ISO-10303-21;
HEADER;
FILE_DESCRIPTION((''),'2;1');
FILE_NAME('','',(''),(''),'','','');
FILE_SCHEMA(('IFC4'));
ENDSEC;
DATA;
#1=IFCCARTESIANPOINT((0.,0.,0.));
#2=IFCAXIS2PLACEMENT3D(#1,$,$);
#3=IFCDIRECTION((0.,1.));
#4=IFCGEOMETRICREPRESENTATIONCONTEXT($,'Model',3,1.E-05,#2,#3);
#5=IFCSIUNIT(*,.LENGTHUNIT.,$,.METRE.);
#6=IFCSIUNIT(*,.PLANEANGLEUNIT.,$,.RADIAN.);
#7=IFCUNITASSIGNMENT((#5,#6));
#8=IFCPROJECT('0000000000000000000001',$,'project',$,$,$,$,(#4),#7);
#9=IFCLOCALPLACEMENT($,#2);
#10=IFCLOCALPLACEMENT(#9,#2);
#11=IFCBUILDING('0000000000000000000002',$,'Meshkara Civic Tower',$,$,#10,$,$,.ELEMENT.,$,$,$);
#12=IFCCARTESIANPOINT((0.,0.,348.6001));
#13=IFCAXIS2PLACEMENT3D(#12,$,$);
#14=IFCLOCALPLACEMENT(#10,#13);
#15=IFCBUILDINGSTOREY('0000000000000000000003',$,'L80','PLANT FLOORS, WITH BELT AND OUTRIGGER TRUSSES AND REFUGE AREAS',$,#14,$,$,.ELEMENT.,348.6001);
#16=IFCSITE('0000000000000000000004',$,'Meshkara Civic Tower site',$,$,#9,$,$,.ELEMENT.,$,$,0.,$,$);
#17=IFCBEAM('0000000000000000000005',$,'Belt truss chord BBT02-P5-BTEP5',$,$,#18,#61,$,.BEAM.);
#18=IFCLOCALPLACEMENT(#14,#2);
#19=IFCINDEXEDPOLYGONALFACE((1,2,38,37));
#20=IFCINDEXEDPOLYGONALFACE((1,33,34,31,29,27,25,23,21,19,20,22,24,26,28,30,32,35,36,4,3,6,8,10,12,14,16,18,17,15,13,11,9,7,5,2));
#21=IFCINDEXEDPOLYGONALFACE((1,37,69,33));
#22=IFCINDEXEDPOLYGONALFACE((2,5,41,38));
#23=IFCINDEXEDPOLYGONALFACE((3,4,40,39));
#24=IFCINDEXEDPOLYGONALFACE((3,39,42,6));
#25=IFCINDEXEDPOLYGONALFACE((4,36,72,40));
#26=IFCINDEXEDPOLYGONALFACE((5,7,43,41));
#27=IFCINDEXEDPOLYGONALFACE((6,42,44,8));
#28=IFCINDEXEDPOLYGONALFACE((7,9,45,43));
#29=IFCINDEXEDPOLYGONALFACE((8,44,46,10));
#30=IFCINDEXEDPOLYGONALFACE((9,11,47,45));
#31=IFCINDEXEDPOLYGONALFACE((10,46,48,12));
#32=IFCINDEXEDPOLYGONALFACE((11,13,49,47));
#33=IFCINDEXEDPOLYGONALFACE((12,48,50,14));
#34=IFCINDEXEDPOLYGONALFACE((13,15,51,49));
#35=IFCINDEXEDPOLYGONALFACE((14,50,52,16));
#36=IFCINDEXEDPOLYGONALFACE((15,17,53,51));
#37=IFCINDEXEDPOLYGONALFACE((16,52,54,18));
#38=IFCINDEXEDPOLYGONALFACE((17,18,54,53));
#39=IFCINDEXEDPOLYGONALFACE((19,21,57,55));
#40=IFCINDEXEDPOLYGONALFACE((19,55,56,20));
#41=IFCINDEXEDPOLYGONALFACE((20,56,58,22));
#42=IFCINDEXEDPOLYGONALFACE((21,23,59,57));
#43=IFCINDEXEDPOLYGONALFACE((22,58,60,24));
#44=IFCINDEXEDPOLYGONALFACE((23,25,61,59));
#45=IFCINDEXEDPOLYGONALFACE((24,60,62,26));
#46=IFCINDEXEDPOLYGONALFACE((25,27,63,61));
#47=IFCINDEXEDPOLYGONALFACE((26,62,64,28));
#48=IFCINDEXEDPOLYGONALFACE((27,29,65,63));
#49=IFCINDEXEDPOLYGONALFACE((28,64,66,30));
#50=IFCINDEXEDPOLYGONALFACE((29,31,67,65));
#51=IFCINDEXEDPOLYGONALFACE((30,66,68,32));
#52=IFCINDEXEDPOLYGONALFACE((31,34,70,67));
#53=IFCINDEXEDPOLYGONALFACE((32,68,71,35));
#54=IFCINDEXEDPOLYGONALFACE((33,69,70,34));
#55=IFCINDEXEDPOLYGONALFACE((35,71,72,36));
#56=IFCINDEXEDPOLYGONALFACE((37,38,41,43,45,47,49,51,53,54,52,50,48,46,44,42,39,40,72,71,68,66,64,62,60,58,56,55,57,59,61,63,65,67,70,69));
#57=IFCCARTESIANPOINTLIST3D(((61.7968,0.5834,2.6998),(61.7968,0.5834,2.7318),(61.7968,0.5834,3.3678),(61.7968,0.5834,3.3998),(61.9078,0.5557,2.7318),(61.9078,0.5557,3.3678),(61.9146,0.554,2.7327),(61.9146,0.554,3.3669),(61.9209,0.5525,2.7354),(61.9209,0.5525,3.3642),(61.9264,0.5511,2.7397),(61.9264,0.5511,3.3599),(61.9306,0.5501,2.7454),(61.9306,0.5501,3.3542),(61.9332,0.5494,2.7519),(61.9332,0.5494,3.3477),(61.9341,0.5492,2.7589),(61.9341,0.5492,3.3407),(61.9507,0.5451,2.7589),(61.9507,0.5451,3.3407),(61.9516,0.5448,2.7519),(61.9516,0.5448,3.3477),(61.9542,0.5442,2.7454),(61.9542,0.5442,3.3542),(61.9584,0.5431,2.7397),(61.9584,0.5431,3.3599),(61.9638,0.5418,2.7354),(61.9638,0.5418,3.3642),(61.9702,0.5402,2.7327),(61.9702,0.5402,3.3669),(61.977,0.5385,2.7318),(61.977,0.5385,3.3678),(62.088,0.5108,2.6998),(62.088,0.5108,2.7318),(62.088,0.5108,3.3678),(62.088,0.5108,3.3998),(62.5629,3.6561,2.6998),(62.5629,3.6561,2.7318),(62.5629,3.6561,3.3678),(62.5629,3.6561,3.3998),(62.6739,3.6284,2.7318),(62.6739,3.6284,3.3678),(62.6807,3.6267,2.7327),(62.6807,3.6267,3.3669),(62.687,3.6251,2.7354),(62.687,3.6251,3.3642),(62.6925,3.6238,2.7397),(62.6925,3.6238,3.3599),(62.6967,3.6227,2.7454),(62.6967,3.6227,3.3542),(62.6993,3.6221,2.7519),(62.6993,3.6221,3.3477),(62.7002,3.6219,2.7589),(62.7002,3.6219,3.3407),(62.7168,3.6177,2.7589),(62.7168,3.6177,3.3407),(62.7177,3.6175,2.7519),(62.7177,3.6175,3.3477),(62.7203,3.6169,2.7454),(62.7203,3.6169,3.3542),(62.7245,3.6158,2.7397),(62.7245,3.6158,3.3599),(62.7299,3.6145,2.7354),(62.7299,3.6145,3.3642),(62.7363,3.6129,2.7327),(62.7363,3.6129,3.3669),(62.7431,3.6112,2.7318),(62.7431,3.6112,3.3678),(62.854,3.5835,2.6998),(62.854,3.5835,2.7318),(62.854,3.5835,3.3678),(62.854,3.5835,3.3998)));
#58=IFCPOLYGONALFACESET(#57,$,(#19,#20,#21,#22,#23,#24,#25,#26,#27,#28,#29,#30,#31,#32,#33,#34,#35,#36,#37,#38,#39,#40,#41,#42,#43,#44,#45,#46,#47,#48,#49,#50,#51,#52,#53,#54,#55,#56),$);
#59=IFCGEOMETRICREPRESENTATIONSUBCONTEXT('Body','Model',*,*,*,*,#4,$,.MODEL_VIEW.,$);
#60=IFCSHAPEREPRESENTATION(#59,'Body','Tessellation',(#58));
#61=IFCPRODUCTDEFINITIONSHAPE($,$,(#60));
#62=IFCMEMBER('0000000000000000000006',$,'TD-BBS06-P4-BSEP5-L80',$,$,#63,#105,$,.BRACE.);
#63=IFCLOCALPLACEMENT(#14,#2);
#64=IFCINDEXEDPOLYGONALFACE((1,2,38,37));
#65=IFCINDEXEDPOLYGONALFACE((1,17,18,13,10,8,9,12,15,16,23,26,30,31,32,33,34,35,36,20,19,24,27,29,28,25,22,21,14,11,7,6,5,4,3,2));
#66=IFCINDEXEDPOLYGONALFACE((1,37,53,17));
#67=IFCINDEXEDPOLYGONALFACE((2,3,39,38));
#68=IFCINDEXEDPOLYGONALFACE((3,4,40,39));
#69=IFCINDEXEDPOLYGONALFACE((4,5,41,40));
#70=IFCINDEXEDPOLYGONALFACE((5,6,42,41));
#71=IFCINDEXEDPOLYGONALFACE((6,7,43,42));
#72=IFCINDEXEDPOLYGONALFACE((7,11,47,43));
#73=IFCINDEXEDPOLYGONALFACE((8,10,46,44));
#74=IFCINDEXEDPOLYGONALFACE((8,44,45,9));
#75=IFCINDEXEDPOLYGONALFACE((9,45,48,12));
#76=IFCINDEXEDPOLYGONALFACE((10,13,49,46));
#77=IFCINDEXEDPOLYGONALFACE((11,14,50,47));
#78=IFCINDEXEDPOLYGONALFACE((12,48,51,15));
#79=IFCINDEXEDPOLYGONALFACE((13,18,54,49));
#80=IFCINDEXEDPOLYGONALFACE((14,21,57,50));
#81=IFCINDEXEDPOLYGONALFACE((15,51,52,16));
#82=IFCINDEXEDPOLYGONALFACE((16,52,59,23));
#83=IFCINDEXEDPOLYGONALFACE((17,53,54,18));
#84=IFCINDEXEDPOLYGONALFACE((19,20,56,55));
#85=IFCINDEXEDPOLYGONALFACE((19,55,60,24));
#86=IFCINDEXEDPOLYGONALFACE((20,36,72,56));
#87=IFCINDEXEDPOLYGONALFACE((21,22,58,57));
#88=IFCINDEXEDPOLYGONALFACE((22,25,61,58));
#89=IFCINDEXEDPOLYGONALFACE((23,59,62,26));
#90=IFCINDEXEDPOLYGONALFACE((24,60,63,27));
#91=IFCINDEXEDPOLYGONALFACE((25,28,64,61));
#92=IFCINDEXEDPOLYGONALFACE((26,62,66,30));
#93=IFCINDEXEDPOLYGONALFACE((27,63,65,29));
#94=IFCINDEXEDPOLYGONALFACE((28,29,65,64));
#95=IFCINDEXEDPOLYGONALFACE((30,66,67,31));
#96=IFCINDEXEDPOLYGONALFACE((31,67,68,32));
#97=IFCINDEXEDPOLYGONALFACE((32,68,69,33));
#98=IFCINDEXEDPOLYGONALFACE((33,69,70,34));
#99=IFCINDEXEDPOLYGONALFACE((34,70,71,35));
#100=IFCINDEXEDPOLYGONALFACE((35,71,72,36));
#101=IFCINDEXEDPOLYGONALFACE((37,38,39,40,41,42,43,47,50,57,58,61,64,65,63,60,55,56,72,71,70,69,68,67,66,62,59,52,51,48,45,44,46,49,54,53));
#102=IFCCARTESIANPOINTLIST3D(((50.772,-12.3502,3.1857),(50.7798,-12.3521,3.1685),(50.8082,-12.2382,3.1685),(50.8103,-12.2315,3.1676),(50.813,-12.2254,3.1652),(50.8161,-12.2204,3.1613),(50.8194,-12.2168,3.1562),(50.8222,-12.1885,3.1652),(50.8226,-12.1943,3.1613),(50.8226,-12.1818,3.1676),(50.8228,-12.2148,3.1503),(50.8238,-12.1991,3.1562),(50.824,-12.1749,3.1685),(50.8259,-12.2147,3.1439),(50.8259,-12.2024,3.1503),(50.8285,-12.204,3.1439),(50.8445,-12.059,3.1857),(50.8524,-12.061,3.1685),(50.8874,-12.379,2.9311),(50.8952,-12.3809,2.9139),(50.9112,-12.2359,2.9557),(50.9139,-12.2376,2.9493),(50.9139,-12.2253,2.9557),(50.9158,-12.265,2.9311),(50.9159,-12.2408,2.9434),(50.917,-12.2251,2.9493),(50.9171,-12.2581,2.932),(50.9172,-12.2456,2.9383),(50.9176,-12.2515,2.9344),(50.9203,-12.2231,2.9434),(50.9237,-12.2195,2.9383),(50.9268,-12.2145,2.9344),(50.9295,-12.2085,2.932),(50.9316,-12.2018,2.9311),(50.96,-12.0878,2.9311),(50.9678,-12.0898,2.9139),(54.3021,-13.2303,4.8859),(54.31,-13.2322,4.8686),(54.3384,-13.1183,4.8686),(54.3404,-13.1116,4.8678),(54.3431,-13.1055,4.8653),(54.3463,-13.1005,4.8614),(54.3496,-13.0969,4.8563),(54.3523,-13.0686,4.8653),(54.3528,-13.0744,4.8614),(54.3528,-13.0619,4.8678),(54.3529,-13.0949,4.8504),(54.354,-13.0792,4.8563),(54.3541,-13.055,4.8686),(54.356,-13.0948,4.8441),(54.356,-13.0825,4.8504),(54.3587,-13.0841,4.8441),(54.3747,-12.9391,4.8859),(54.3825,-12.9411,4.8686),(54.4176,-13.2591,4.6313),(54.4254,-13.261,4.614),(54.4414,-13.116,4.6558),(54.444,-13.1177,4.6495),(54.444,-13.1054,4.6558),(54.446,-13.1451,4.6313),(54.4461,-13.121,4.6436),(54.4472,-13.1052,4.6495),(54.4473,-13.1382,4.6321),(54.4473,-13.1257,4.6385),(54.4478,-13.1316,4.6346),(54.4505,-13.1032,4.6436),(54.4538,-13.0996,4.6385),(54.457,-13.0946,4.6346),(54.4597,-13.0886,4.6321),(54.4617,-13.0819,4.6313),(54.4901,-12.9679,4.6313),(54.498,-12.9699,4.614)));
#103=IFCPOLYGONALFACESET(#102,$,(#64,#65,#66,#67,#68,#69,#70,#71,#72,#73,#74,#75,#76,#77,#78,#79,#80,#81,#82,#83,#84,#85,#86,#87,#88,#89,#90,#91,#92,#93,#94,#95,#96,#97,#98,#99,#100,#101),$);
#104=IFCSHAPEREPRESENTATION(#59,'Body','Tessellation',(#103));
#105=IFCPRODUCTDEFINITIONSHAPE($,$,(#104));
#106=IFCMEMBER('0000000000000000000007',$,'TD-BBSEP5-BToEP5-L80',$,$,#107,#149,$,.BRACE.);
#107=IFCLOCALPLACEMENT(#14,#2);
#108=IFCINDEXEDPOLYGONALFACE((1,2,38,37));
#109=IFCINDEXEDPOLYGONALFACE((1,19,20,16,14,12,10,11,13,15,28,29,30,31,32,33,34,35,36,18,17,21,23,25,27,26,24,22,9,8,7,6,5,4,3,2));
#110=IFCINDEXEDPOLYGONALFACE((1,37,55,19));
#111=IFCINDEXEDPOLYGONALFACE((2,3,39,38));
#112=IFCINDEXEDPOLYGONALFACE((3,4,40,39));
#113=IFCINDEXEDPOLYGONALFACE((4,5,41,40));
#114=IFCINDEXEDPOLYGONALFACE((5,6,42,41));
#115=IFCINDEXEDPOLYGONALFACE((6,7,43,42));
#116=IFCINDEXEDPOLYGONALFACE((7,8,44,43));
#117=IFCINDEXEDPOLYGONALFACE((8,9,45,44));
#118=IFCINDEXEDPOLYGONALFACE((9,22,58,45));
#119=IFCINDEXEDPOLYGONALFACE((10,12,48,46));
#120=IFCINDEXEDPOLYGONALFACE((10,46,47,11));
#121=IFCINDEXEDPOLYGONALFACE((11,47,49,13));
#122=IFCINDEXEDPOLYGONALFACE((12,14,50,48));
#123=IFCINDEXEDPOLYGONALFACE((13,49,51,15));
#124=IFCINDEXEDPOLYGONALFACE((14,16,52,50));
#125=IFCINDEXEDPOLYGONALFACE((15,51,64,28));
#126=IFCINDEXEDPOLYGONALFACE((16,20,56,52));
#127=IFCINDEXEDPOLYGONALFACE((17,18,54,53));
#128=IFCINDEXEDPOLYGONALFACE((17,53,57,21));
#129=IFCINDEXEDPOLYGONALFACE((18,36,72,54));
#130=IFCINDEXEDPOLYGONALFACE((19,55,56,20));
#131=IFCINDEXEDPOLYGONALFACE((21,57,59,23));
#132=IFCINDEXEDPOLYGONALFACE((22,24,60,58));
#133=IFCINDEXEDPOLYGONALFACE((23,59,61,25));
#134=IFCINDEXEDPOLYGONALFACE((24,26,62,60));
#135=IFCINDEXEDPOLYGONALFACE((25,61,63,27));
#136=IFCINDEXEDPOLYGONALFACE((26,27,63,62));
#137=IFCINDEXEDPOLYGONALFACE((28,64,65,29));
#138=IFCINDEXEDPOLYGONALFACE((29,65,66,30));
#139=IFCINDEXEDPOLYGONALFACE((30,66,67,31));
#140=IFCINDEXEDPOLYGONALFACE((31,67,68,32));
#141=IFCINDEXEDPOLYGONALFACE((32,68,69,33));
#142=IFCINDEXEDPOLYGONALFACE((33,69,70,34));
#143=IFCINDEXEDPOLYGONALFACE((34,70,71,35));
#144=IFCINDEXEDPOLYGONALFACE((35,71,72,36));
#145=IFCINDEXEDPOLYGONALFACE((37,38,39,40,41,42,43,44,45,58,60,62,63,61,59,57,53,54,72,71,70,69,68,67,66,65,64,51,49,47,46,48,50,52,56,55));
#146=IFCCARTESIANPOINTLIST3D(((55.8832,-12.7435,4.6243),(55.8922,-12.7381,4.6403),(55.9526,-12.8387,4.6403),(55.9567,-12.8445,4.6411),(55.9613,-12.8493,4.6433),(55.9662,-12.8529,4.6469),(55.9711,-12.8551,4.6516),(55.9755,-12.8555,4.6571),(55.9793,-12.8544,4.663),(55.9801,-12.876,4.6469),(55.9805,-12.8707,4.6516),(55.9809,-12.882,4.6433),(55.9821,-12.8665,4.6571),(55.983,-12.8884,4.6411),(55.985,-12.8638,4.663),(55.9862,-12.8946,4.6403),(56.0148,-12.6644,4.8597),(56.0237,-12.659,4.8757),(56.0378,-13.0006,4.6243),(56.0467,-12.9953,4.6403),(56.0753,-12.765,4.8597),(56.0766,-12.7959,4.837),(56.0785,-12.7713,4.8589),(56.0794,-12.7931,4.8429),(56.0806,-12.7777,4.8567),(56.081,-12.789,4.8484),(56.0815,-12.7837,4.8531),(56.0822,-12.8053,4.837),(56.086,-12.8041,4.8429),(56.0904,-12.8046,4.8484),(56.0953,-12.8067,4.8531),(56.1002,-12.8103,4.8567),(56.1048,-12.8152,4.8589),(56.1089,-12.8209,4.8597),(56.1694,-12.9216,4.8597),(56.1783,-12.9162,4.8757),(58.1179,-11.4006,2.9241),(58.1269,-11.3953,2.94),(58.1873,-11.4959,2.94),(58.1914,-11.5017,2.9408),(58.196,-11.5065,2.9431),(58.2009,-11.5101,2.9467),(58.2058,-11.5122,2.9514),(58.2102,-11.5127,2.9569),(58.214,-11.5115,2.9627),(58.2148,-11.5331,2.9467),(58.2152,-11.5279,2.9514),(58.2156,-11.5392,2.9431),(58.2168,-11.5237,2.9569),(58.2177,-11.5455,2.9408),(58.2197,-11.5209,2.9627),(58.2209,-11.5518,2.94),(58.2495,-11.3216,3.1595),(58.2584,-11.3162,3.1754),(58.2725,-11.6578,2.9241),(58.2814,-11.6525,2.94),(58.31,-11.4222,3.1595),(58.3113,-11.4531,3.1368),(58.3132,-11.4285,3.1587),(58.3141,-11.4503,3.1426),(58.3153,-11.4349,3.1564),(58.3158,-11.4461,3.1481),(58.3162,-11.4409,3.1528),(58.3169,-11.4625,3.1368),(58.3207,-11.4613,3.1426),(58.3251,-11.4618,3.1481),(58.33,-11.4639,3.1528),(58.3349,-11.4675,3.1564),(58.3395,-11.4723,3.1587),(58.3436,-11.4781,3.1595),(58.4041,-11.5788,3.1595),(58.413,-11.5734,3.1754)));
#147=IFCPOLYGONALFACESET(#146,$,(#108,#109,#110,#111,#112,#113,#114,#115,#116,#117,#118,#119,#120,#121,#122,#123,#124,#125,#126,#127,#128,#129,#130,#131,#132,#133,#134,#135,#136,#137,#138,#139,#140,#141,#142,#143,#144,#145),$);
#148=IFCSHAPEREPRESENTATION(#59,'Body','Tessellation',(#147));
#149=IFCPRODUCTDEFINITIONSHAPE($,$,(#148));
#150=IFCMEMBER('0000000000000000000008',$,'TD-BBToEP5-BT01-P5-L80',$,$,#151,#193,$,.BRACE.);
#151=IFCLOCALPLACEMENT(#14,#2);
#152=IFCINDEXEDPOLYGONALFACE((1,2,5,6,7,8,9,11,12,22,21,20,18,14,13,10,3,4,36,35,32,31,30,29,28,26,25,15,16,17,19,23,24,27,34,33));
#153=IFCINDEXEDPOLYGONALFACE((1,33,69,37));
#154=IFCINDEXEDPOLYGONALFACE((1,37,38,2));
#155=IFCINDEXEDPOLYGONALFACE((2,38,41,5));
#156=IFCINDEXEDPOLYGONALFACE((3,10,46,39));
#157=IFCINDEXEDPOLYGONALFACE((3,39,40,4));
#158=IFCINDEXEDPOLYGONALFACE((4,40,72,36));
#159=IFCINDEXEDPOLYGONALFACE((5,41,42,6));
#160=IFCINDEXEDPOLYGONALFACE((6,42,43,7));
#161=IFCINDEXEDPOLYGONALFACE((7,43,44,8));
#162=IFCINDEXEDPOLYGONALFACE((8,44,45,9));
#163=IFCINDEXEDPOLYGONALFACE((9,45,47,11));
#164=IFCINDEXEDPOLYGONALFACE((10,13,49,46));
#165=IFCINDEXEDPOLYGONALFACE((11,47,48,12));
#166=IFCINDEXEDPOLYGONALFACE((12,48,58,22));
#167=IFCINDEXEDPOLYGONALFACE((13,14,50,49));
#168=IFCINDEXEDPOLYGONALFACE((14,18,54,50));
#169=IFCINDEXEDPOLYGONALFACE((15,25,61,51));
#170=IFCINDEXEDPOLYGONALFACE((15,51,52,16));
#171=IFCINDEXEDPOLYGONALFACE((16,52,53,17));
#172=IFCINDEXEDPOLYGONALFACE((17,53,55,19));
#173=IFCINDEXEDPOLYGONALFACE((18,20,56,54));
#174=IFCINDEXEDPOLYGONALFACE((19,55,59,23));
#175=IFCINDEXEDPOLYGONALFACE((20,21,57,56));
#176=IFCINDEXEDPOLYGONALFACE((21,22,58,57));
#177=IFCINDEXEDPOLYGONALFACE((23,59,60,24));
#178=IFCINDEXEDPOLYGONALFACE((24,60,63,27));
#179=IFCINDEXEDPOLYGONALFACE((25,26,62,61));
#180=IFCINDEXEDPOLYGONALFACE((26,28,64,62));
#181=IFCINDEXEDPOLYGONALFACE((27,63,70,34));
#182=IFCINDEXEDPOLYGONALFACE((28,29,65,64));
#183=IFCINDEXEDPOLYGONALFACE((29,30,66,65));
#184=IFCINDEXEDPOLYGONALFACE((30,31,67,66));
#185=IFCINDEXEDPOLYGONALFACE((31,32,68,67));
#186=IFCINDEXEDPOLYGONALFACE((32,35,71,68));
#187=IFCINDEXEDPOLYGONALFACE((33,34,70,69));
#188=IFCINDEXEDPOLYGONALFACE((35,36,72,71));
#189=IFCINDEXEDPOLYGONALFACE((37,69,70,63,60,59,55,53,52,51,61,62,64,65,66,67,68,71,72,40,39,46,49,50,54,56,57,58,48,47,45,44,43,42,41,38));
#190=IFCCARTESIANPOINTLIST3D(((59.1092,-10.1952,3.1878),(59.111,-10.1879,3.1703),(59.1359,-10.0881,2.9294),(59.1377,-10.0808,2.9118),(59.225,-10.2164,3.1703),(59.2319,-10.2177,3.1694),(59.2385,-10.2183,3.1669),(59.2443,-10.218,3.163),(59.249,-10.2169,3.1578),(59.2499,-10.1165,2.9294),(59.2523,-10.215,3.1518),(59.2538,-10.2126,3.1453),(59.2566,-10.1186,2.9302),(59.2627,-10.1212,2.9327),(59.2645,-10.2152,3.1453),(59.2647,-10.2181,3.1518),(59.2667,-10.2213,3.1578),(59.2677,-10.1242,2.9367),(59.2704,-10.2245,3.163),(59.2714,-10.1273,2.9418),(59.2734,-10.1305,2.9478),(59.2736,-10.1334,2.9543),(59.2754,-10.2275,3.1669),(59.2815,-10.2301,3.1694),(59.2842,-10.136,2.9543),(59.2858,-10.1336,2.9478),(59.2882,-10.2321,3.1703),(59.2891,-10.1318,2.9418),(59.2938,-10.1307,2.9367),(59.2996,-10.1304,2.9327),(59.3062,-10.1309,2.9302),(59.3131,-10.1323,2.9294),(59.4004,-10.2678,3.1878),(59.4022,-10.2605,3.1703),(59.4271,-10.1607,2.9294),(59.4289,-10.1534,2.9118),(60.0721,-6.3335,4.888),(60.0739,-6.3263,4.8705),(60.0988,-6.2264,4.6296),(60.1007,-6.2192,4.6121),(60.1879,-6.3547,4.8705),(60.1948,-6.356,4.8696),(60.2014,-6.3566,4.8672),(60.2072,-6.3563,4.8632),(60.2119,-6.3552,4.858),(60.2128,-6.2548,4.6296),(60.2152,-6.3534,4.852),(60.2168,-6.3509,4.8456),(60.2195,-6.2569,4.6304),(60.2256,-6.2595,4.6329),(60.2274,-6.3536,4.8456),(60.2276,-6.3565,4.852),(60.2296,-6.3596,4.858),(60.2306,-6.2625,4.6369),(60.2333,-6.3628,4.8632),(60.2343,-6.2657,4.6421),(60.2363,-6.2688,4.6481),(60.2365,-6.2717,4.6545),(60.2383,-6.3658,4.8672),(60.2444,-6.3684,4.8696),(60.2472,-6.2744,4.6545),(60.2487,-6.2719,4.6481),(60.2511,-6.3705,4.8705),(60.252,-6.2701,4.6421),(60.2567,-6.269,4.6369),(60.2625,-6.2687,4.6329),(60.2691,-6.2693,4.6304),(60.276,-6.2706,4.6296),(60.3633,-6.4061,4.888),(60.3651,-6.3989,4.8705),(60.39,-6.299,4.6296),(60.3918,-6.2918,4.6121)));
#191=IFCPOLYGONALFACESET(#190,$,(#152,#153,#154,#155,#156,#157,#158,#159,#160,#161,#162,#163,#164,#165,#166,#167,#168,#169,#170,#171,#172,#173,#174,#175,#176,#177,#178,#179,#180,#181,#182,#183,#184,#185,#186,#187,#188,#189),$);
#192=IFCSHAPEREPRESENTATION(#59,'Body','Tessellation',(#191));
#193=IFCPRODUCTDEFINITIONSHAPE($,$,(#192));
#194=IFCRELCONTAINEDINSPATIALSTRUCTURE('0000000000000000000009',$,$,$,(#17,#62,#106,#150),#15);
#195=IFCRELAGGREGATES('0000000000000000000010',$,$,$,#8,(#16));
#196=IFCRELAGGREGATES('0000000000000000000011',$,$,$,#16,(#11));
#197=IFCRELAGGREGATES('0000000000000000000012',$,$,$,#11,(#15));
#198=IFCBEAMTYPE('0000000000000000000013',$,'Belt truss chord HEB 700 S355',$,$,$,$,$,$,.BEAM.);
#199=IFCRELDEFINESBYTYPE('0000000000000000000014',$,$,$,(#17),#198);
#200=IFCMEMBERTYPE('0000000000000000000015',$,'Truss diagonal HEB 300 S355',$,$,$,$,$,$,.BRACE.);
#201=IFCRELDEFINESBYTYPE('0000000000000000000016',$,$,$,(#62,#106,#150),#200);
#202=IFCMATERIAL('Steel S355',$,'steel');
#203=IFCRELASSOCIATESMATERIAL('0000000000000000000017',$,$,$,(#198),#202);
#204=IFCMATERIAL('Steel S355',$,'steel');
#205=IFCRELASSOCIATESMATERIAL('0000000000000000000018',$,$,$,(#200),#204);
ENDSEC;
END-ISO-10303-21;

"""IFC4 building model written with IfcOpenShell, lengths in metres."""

from ifc_helpers import new_model, si_unit, direction, frame, origin, origin_2d, place, context, subcontext, project, spatial, i_section, extrude, material, material_profile, profile_set, type_object, element, save


model = new_model("IFC4")

# Units and contexts
model_context = context("Model", 3, precision=1e-05, world=origin(), true_north=direction((0.0, 1.0)))
body_context = subcontext(model_context, "Body", "Model", "MODEL_VIEW")
ifc_project = project(units=[si_unit("LENGTHUNIT", "METRE"), si_unit("PLANEANGLEUNIT", "RADIAN")], contexts=[model_context])

# Site, building, storey
site_placement = place(None, origin())
site = spatial("IfcSite", under=ifc_project, at=site_placement, Name="Meshkara Civic Tower site", CompositionType="ELEMENT", RefElevation=0.0)
building_placement = place(site_placement, origin())
building = spatial("IfcBuilding", under=site, at=building_placement, Name="Meshkara Civic Tower", CompositionType="ELEMENT")
storey_placement = place(building_placement, frame((0.0, 0.0, 348.6001)))
storey = spatial("IfcBuildingStorey", under=building, at=storey_placement, Name="L80", Description="PLANT FLOORS, WITH BELT AND OUTRIGGER TRUSSES AND REFUGE AREAS", CompositionType="ELEMENT", Elevation=348.6001)

# Beam
ifc_material_1 = material(Name="Steel S355", Category="steel")
ifc_material_profile_1 = material_profile(ifc_material_1, i_section(OverallWidth=0.3, OverallDepth=0.7, WebThickness=0.0171, FlangeThickness=0.032, FilletRadius=0.0271, at=origin_2d()))
ifc_profile_set_1 = profile_set([ifc_material_profile_1], Name="Steel S355")
beam_type = type_object("IfcBeamType", Name="Belt truss chord HEB 700 S355", PredefinedType="BEAM", material=ifc_profile_set_1)
for number, where, z_axis, x_axis, name in (
    (1, (61.9424, 0.5471, 3.0498), (0.241919, 0.970296, 0.0), (-0.970296, 0.241919, 0.0), "Belt truss chord BBT02-P5-BTEP5"),
):
    element("IfcBeam", number, at=place(storey_placement, frame(where, z_axis=z_axis, x_axis=x_axis)), inside=storey, type_object=beam_type, Name=name, PredefinedType="BEAM", context=body_context, shape_type="SweptSolid", body=[
        extrude(i_section(OverallWidth=0.3, OverallDepth=0.7, WebThickness=0.0171, FlangeThickness=0.032, FilletRadius=0.0271, at=origin_2d()), origin(), (0.0, 0.0, 1.0), 3.1667),
    ])

# Members
ifc_material_2 = material(Name="Steel S355", Category="steel")
ifc_material_profile_2 = material_profile(ifc_material_2, i_section(OverallWidth=0.3, OverallDepth=0.3, WebThickness=0.011, FlangeThickness=0.019, FilletRadius=0.0271, at=origin_2d()))
ifc_profile_set_2 = profile_set([ifc_material_profile_2], Name="Steel S355")
member_type = type_object("IfcMemberType", Name="Truss diagonal HEB 300 S355", PredefinedType="BRACE", material=ifc_profile_set_2)
member_1_placement = place(storey_placement, frame((50.8699, -12.22, 3.0498), z_axis=(0.879056, -0.219156, 0.423357), x_axis=(0.241904, 0.9703, 0.0)))
element("IfcMember", 2, at=member_1_placement, inside=storey, type_object=member_type, Name="TD-BBS06-P4-BSEP5-L80", PredefinedType="BRACE", context=body_context, shape_type="SweptSolid", body=[
    extrude(i_section(OverallWidth=0.3, OverallDepth=0.3, WebThickness=0.011, FlangeThickness=0.019, FilletRadius=0.0271, at=origin_2d()), origin(), (0.0, 0.0, 1.0), 4.0159),
])
member_2_placement = place(storey_placement, frame((56.0308, -12.8298, 4.75), z_axis=(0.717966, 0.431423, -0.54626), x_axis=(-0.51506, 0.857154, 0.0)))
element("IfcMember", 3, at=member_2_placement, inside=storey, type_object=member_type, Name="TD-BBSEP5-BToEP5-L80", PredefinedType="BRACE", context=body_context, shape_type="SweptSolid", body=[
    extrude(i_section(OverallWidth=0.3, OverallDepth=0.3, WebThickness=0.011, FlangeThickness=0.019, FilletRadius=0.0271, at=origin_2d()), origin(), (0.0, 0.0, 1.0), 3.1125),
])
member_3_placement = place(storey_placement, frame((59.269, -10.1743, 3.0498), z_axis=(0.222491, 0.892278, 0.392857), x_axis=(-0.97029, 0.241944, 0.0)))
element("IfcMember", 4, at=member_3_placement, inside=storey, type_object=member_type, Name="TD-BBToEP5-BT01-P5-L80", PredefinedType="BRACE", context=body_context, shape_type="SweptSolid", body=[
    extrude(i_section(OverallWidth=0.3, OverallDepth=0.3, WebThickness=0.011, FlangeThickness=0.019, FilletRadius=0.0271, at=origin_2d()), origin(), (0.0, 0.0, 1.0), 4.3279),
])

save(model, "model.ifc")
